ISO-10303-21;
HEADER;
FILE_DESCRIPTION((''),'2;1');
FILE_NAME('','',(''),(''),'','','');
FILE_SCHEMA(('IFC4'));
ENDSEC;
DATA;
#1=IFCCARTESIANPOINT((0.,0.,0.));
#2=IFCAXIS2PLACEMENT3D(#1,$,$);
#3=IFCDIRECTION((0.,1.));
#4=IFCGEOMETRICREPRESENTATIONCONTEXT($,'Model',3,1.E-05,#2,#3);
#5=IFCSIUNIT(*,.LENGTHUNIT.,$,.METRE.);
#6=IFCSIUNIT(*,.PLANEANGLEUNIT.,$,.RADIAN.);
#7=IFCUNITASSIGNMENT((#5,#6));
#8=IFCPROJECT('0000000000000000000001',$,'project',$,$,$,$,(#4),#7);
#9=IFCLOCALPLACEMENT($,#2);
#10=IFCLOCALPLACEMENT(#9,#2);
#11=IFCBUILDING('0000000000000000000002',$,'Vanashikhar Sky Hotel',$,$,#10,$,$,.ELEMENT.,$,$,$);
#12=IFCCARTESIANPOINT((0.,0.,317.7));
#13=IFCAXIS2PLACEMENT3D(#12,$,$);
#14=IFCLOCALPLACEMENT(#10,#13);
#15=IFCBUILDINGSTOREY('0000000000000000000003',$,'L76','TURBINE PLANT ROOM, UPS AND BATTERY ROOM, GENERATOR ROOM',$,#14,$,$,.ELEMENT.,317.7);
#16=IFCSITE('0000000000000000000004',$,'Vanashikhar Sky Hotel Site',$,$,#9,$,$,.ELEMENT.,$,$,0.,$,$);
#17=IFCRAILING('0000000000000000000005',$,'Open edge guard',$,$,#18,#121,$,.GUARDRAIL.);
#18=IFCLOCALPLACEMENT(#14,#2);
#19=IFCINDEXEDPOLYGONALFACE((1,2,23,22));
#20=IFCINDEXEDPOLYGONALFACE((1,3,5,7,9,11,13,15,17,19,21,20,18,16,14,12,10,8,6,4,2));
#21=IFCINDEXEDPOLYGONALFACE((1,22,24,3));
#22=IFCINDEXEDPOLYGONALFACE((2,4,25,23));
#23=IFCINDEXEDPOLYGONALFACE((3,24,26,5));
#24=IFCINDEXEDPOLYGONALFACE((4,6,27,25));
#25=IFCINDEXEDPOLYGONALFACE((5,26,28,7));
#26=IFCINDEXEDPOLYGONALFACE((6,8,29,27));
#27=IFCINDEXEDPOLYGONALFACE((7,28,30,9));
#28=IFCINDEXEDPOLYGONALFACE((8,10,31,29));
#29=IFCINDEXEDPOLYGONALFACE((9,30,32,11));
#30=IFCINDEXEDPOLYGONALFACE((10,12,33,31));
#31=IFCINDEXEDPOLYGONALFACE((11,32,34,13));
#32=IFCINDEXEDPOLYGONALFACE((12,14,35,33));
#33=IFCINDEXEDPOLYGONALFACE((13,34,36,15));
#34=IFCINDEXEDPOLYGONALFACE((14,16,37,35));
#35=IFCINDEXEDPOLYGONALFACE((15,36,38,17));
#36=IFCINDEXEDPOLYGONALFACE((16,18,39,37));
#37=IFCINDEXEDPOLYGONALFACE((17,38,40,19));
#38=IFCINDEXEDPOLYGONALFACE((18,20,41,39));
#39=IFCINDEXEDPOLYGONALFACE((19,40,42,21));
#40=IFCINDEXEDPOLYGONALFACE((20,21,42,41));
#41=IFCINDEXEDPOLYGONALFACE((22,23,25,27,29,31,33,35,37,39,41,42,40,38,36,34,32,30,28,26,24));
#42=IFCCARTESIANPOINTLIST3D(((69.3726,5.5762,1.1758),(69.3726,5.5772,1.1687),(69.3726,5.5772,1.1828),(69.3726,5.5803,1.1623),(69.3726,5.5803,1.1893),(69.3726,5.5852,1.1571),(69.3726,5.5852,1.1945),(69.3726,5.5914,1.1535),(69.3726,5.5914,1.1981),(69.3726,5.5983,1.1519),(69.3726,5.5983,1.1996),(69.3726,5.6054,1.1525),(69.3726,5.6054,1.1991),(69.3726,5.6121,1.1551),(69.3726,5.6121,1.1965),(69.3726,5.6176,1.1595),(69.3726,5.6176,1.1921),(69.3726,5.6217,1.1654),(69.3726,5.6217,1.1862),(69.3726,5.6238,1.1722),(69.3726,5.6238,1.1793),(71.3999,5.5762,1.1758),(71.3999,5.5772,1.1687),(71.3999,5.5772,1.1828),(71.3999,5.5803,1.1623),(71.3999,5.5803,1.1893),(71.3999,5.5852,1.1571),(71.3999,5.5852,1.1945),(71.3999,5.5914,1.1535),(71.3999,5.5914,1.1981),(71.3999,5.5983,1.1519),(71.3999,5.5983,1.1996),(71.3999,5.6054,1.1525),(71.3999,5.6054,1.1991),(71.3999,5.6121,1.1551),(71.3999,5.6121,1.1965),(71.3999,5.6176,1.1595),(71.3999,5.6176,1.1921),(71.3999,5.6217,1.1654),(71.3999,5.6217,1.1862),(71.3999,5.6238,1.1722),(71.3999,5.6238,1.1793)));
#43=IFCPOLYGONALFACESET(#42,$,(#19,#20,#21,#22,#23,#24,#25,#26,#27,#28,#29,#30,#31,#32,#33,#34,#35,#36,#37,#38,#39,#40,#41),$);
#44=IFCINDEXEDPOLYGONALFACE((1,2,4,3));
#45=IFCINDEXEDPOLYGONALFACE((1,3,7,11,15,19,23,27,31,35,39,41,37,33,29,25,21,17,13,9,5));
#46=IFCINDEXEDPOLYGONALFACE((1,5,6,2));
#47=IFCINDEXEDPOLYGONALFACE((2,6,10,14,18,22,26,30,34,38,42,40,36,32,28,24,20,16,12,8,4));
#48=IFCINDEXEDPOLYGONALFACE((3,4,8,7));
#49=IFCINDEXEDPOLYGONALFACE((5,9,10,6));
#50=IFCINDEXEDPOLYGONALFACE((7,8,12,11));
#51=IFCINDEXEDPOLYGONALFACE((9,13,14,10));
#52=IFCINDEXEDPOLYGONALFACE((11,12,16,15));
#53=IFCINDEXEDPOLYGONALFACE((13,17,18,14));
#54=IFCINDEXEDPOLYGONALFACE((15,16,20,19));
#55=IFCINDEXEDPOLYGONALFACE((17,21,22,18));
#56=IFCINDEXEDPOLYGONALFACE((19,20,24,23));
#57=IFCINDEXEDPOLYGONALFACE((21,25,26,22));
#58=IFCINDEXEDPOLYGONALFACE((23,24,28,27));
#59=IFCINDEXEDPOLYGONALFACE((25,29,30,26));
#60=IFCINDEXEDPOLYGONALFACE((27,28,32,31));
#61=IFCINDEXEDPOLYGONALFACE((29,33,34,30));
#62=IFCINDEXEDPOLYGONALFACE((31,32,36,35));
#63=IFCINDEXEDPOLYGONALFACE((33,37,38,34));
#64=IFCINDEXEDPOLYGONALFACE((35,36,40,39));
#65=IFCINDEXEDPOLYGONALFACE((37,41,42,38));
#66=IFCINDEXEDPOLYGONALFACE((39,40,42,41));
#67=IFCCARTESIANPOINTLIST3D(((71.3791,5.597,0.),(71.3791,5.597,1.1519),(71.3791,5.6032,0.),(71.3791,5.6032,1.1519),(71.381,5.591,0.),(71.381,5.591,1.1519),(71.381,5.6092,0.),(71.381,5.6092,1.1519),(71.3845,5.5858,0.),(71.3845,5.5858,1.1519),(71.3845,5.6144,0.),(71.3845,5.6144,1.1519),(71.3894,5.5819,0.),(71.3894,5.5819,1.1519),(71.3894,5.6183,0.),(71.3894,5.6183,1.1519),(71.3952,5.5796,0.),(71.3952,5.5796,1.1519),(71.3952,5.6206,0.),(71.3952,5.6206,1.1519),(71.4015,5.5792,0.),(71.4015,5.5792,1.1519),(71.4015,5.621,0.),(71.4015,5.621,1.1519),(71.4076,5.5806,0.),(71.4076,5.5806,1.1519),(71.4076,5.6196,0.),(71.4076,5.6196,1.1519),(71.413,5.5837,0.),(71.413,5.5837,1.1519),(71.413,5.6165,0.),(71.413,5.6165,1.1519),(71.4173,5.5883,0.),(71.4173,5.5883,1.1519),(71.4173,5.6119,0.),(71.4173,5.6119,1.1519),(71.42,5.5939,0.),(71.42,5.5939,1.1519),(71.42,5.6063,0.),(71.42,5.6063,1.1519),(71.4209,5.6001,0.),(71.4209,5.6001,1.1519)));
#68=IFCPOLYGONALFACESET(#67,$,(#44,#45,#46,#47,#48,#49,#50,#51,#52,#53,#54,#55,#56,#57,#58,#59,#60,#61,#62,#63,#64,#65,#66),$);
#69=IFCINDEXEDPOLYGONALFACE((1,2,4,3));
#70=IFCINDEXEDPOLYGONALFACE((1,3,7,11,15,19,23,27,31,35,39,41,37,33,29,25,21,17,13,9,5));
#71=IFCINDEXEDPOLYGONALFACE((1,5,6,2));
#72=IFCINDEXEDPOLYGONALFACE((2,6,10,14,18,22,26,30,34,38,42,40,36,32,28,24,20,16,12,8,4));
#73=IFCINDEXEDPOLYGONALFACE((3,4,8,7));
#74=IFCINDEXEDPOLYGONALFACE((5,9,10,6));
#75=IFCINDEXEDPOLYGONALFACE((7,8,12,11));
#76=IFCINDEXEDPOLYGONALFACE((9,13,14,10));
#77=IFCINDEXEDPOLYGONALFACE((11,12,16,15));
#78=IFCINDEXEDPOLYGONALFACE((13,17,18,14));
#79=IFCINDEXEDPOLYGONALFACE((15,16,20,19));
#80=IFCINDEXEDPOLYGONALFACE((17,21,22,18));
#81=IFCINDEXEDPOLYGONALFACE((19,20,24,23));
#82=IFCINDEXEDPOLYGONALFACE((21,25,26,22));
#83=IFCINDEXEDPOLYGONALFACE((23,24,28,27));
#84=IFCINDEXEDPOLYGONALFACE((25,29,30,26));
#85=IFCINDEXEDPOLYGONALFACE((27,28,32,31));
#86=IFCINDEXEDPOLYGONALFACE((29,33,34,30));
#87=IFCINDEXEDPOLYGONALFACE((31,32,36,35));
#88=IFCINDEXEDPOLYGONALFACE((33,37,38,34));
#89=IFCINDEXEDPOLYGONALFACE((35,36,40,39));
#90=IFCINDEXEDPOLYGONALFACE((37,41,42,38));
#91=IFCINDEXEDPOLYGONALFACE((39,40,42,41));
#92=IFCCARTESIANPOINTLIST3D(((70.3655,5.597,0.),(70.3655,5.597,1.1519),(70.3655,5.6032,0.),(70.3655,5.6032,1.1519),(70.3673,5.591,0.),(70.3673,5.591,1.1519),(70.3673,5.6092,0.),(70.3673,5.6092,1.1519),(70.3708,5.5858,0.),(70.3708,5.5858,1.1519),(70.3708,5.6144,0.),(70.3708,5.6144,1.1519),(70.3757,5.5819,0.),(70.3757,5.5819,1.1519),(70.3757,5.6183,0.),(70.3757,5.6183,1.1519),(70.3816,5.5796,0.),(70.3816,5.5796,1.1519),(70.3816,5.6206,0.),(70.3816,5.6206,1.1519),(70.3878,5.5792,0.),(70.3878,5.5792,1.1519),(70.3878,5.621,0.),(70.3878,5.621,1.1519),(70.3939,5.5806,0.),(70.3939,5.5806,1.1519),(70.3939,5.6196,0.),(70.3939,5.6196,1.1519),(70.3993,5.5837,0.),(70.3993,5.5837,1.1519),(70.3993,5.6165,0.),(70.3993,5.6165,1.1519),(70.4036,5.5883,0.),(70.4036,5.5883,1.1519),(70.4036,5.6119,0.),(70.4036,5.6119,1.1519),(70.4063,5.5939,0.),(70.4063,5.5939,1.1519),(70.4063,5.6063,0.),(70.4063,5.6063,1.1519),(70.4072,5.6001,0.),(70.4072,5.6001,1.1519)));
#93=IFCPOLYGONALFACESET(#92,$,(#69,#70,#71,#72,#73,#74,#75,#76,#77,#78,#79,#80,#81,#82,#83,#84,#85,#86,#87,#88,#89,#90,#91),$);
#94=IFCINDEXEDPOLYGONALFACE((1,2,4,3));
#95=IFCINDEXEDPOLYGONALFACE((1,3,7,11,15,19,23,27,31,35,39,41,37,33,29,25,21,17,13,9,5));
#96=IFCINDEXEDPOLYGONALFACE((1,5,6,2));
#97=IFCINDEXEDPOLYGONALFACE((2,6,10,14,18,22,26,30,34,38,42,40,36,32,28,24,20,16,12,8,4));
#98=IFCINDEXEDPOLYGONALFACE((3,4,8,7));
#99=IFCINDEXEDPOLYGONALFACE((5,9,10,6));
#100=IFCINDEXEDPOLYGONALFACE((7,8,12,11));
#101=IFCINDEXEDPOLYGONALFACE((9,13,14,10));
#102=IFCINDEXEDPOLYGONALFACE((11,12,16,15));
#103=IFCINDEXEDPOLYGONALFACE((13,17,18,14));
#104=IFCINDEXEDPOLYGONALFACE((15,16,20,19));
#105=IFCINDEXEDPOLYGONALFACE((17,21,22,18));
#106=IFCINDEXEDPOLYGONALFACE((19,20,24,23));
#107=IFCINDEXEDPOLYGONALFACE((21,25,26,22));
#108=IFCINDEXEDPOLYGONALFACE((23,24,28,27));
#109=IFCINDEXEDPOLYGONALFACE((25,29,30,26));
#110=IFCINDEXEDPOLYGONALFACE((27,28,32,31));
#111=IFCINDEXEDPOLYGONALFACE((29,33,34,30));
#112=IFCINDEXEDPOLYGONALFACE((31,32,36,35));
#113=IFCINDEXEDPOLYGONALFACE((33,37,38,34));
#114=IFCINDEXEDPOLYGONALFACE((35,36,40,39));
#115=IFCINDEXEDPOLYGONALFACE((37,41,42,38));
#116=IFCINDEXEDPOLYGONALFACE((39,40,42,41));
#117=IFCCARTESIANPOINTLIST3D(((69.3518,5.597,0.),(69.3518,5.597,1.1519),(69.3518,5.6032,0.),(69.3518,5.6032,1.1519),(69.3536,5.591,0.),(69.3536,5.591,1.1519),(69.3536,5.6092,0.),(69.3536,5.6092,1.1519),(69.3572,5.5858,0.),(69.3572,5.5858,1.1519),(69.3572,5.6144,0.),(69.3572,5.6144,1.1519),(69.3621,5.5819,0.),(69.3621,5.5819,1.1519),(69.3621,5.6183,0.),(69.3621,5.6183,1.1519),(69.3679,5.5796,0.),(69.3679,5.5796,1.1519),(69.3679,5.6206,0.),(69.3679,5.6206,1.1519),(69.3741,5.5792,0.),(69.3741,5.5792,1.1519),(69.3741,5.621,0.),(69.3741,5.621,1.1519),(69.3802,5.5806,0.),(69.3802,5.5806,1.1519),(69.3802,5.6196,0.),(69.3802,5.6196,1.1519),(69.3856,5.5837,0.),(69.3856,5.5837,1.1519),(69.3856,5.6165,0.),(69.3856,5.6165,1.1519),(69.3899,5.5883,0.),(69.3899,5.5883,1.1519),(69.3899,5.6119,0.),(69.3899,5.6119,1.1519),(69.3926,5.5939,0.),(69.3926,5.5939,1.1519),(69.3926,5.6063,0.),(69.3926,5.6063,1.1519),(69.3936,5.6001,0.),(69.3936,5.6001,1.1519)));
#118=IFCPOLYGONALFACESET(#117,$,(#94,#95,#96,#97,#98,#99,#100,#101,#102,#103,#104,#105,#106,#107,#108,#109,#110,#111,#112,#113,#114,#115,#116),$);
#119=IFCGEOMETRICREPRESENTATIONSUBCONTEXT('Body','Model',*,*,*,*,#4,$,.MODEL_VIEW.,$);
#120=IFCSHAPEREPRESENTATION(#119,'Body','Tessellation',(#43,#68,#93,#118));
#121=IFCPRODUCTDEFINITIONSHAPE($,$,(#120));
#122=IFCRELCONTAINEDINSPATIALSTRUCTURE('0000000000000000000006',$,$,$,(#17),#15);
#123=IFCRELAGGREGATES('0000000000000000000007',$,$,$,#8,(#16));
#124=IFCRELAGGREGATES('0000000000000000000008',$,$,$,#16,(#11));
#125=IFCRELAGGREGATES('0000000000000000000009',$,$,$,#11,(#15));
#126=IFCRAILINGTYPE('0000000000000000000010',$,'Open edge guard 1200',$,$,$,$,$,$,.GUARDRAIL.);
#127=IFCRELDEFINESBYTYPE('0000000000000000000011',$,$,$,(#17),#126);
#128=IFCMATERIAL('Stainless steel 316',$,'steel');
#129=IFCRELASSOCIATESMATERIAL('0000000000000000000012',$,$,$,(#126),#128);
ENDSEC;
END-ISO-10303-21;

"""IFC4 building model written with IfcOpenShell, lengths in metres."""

from ifc_helpers import new_model, si_unit, direction, frame, origin, origin_2d, place, context, subcontext, project, spatial, circle, extrude, source, transform, mapped, material, type_object, element, save


model = new_model("IFC4")

# Units and contexts
model_context = context("Model", 3, precision=1e-05, world=origin(), true_north=direction((0.0, 1.0)))
body_context = subcontext(model_context, "Body", "Model", "MODEL_VIEW")
ifc_project = project(units=[si_unit("LENGTHUNIT", "METRE"), si_unit("PLANEANGLEUNIT", "RADIAN")], contexts=[model_context])

# Site, building, storey
site_placement = place(None, origin())
site = spatial("IfcSite", under=ifc_project, at=site_placement, Name="Vanashikhar Sky Hotel Site", CompositionType="ELEMENT", RefElevation=0.0)
building_placement = place(site_placement, origin())
building = spatial("IfcBuilding", under=site, at=building_placement, Name="Vanashikhar Sky Hotel", CompositionType="ELEMENT")
storey_placement = place(building_placement, frame((0.0, 0.0, 317.7)))
storey = spatial("IfcBuildingStorey", under=building, at=storey_placement, Name="L76", Description="TURBINE PLANT ROOM, UPS AND BATTERY ROOM, GENERATOR ROOM", CompositionType="ELEMENT", Elevation=317.7)

# Railing
ifc_material_1 = material(Name="Stainless steel 316", Category="steel")
railing_type = type_object("IfcRailingType", Name="Open edge guard 1200", PredefinedType="GUARDRAIL", material=ifc_material_1)
shared_shape_1 = source(origin(), body_context, "Body", "SweptSolid", [
    extrude(circle(Radius=0.0239, at=origin_2d()), frame((0.0, 0.0, 1.1758), z_axis=(-1.0, 0.0, 0.0), x_axis=(0.0, -1.0, 0.0)), (0.0, 0.0, 1.0), 2.0273),
    extrude(circle(Radius=0.021, at=origin_2d()), origin(), (0.0, 0.0, 1.0), 1.1519),
    extrude(circle(Radius=0.021, at=origin_2d()), frame((-1.0137, 0.0, 0.0)), (0.0, 0.0, 1.0), 1.1519),
    extrude(circle(Radius=0.021, at=origin_2d()), frame((-2.0273, 0.0, 0.0)), (0.0, 0.0, 1.0), 1.1519),
])
railing_1_placement = place(storey_placement, frame((71.3999, 5.6001, 0.0)))
element("IfcRailing", 1, at=railing_1_placement, inside=storey, type_object=railing_type, Name="Open edge guard", PredefinedType="GUARDRAIL", context=body_context, shape_type="MappedRepresentation", body=[
    mapped(shared_shape_1, transform((0.0, 0.0, 0.0), scale=1.0)),
])

save(model, "model.ifc")
